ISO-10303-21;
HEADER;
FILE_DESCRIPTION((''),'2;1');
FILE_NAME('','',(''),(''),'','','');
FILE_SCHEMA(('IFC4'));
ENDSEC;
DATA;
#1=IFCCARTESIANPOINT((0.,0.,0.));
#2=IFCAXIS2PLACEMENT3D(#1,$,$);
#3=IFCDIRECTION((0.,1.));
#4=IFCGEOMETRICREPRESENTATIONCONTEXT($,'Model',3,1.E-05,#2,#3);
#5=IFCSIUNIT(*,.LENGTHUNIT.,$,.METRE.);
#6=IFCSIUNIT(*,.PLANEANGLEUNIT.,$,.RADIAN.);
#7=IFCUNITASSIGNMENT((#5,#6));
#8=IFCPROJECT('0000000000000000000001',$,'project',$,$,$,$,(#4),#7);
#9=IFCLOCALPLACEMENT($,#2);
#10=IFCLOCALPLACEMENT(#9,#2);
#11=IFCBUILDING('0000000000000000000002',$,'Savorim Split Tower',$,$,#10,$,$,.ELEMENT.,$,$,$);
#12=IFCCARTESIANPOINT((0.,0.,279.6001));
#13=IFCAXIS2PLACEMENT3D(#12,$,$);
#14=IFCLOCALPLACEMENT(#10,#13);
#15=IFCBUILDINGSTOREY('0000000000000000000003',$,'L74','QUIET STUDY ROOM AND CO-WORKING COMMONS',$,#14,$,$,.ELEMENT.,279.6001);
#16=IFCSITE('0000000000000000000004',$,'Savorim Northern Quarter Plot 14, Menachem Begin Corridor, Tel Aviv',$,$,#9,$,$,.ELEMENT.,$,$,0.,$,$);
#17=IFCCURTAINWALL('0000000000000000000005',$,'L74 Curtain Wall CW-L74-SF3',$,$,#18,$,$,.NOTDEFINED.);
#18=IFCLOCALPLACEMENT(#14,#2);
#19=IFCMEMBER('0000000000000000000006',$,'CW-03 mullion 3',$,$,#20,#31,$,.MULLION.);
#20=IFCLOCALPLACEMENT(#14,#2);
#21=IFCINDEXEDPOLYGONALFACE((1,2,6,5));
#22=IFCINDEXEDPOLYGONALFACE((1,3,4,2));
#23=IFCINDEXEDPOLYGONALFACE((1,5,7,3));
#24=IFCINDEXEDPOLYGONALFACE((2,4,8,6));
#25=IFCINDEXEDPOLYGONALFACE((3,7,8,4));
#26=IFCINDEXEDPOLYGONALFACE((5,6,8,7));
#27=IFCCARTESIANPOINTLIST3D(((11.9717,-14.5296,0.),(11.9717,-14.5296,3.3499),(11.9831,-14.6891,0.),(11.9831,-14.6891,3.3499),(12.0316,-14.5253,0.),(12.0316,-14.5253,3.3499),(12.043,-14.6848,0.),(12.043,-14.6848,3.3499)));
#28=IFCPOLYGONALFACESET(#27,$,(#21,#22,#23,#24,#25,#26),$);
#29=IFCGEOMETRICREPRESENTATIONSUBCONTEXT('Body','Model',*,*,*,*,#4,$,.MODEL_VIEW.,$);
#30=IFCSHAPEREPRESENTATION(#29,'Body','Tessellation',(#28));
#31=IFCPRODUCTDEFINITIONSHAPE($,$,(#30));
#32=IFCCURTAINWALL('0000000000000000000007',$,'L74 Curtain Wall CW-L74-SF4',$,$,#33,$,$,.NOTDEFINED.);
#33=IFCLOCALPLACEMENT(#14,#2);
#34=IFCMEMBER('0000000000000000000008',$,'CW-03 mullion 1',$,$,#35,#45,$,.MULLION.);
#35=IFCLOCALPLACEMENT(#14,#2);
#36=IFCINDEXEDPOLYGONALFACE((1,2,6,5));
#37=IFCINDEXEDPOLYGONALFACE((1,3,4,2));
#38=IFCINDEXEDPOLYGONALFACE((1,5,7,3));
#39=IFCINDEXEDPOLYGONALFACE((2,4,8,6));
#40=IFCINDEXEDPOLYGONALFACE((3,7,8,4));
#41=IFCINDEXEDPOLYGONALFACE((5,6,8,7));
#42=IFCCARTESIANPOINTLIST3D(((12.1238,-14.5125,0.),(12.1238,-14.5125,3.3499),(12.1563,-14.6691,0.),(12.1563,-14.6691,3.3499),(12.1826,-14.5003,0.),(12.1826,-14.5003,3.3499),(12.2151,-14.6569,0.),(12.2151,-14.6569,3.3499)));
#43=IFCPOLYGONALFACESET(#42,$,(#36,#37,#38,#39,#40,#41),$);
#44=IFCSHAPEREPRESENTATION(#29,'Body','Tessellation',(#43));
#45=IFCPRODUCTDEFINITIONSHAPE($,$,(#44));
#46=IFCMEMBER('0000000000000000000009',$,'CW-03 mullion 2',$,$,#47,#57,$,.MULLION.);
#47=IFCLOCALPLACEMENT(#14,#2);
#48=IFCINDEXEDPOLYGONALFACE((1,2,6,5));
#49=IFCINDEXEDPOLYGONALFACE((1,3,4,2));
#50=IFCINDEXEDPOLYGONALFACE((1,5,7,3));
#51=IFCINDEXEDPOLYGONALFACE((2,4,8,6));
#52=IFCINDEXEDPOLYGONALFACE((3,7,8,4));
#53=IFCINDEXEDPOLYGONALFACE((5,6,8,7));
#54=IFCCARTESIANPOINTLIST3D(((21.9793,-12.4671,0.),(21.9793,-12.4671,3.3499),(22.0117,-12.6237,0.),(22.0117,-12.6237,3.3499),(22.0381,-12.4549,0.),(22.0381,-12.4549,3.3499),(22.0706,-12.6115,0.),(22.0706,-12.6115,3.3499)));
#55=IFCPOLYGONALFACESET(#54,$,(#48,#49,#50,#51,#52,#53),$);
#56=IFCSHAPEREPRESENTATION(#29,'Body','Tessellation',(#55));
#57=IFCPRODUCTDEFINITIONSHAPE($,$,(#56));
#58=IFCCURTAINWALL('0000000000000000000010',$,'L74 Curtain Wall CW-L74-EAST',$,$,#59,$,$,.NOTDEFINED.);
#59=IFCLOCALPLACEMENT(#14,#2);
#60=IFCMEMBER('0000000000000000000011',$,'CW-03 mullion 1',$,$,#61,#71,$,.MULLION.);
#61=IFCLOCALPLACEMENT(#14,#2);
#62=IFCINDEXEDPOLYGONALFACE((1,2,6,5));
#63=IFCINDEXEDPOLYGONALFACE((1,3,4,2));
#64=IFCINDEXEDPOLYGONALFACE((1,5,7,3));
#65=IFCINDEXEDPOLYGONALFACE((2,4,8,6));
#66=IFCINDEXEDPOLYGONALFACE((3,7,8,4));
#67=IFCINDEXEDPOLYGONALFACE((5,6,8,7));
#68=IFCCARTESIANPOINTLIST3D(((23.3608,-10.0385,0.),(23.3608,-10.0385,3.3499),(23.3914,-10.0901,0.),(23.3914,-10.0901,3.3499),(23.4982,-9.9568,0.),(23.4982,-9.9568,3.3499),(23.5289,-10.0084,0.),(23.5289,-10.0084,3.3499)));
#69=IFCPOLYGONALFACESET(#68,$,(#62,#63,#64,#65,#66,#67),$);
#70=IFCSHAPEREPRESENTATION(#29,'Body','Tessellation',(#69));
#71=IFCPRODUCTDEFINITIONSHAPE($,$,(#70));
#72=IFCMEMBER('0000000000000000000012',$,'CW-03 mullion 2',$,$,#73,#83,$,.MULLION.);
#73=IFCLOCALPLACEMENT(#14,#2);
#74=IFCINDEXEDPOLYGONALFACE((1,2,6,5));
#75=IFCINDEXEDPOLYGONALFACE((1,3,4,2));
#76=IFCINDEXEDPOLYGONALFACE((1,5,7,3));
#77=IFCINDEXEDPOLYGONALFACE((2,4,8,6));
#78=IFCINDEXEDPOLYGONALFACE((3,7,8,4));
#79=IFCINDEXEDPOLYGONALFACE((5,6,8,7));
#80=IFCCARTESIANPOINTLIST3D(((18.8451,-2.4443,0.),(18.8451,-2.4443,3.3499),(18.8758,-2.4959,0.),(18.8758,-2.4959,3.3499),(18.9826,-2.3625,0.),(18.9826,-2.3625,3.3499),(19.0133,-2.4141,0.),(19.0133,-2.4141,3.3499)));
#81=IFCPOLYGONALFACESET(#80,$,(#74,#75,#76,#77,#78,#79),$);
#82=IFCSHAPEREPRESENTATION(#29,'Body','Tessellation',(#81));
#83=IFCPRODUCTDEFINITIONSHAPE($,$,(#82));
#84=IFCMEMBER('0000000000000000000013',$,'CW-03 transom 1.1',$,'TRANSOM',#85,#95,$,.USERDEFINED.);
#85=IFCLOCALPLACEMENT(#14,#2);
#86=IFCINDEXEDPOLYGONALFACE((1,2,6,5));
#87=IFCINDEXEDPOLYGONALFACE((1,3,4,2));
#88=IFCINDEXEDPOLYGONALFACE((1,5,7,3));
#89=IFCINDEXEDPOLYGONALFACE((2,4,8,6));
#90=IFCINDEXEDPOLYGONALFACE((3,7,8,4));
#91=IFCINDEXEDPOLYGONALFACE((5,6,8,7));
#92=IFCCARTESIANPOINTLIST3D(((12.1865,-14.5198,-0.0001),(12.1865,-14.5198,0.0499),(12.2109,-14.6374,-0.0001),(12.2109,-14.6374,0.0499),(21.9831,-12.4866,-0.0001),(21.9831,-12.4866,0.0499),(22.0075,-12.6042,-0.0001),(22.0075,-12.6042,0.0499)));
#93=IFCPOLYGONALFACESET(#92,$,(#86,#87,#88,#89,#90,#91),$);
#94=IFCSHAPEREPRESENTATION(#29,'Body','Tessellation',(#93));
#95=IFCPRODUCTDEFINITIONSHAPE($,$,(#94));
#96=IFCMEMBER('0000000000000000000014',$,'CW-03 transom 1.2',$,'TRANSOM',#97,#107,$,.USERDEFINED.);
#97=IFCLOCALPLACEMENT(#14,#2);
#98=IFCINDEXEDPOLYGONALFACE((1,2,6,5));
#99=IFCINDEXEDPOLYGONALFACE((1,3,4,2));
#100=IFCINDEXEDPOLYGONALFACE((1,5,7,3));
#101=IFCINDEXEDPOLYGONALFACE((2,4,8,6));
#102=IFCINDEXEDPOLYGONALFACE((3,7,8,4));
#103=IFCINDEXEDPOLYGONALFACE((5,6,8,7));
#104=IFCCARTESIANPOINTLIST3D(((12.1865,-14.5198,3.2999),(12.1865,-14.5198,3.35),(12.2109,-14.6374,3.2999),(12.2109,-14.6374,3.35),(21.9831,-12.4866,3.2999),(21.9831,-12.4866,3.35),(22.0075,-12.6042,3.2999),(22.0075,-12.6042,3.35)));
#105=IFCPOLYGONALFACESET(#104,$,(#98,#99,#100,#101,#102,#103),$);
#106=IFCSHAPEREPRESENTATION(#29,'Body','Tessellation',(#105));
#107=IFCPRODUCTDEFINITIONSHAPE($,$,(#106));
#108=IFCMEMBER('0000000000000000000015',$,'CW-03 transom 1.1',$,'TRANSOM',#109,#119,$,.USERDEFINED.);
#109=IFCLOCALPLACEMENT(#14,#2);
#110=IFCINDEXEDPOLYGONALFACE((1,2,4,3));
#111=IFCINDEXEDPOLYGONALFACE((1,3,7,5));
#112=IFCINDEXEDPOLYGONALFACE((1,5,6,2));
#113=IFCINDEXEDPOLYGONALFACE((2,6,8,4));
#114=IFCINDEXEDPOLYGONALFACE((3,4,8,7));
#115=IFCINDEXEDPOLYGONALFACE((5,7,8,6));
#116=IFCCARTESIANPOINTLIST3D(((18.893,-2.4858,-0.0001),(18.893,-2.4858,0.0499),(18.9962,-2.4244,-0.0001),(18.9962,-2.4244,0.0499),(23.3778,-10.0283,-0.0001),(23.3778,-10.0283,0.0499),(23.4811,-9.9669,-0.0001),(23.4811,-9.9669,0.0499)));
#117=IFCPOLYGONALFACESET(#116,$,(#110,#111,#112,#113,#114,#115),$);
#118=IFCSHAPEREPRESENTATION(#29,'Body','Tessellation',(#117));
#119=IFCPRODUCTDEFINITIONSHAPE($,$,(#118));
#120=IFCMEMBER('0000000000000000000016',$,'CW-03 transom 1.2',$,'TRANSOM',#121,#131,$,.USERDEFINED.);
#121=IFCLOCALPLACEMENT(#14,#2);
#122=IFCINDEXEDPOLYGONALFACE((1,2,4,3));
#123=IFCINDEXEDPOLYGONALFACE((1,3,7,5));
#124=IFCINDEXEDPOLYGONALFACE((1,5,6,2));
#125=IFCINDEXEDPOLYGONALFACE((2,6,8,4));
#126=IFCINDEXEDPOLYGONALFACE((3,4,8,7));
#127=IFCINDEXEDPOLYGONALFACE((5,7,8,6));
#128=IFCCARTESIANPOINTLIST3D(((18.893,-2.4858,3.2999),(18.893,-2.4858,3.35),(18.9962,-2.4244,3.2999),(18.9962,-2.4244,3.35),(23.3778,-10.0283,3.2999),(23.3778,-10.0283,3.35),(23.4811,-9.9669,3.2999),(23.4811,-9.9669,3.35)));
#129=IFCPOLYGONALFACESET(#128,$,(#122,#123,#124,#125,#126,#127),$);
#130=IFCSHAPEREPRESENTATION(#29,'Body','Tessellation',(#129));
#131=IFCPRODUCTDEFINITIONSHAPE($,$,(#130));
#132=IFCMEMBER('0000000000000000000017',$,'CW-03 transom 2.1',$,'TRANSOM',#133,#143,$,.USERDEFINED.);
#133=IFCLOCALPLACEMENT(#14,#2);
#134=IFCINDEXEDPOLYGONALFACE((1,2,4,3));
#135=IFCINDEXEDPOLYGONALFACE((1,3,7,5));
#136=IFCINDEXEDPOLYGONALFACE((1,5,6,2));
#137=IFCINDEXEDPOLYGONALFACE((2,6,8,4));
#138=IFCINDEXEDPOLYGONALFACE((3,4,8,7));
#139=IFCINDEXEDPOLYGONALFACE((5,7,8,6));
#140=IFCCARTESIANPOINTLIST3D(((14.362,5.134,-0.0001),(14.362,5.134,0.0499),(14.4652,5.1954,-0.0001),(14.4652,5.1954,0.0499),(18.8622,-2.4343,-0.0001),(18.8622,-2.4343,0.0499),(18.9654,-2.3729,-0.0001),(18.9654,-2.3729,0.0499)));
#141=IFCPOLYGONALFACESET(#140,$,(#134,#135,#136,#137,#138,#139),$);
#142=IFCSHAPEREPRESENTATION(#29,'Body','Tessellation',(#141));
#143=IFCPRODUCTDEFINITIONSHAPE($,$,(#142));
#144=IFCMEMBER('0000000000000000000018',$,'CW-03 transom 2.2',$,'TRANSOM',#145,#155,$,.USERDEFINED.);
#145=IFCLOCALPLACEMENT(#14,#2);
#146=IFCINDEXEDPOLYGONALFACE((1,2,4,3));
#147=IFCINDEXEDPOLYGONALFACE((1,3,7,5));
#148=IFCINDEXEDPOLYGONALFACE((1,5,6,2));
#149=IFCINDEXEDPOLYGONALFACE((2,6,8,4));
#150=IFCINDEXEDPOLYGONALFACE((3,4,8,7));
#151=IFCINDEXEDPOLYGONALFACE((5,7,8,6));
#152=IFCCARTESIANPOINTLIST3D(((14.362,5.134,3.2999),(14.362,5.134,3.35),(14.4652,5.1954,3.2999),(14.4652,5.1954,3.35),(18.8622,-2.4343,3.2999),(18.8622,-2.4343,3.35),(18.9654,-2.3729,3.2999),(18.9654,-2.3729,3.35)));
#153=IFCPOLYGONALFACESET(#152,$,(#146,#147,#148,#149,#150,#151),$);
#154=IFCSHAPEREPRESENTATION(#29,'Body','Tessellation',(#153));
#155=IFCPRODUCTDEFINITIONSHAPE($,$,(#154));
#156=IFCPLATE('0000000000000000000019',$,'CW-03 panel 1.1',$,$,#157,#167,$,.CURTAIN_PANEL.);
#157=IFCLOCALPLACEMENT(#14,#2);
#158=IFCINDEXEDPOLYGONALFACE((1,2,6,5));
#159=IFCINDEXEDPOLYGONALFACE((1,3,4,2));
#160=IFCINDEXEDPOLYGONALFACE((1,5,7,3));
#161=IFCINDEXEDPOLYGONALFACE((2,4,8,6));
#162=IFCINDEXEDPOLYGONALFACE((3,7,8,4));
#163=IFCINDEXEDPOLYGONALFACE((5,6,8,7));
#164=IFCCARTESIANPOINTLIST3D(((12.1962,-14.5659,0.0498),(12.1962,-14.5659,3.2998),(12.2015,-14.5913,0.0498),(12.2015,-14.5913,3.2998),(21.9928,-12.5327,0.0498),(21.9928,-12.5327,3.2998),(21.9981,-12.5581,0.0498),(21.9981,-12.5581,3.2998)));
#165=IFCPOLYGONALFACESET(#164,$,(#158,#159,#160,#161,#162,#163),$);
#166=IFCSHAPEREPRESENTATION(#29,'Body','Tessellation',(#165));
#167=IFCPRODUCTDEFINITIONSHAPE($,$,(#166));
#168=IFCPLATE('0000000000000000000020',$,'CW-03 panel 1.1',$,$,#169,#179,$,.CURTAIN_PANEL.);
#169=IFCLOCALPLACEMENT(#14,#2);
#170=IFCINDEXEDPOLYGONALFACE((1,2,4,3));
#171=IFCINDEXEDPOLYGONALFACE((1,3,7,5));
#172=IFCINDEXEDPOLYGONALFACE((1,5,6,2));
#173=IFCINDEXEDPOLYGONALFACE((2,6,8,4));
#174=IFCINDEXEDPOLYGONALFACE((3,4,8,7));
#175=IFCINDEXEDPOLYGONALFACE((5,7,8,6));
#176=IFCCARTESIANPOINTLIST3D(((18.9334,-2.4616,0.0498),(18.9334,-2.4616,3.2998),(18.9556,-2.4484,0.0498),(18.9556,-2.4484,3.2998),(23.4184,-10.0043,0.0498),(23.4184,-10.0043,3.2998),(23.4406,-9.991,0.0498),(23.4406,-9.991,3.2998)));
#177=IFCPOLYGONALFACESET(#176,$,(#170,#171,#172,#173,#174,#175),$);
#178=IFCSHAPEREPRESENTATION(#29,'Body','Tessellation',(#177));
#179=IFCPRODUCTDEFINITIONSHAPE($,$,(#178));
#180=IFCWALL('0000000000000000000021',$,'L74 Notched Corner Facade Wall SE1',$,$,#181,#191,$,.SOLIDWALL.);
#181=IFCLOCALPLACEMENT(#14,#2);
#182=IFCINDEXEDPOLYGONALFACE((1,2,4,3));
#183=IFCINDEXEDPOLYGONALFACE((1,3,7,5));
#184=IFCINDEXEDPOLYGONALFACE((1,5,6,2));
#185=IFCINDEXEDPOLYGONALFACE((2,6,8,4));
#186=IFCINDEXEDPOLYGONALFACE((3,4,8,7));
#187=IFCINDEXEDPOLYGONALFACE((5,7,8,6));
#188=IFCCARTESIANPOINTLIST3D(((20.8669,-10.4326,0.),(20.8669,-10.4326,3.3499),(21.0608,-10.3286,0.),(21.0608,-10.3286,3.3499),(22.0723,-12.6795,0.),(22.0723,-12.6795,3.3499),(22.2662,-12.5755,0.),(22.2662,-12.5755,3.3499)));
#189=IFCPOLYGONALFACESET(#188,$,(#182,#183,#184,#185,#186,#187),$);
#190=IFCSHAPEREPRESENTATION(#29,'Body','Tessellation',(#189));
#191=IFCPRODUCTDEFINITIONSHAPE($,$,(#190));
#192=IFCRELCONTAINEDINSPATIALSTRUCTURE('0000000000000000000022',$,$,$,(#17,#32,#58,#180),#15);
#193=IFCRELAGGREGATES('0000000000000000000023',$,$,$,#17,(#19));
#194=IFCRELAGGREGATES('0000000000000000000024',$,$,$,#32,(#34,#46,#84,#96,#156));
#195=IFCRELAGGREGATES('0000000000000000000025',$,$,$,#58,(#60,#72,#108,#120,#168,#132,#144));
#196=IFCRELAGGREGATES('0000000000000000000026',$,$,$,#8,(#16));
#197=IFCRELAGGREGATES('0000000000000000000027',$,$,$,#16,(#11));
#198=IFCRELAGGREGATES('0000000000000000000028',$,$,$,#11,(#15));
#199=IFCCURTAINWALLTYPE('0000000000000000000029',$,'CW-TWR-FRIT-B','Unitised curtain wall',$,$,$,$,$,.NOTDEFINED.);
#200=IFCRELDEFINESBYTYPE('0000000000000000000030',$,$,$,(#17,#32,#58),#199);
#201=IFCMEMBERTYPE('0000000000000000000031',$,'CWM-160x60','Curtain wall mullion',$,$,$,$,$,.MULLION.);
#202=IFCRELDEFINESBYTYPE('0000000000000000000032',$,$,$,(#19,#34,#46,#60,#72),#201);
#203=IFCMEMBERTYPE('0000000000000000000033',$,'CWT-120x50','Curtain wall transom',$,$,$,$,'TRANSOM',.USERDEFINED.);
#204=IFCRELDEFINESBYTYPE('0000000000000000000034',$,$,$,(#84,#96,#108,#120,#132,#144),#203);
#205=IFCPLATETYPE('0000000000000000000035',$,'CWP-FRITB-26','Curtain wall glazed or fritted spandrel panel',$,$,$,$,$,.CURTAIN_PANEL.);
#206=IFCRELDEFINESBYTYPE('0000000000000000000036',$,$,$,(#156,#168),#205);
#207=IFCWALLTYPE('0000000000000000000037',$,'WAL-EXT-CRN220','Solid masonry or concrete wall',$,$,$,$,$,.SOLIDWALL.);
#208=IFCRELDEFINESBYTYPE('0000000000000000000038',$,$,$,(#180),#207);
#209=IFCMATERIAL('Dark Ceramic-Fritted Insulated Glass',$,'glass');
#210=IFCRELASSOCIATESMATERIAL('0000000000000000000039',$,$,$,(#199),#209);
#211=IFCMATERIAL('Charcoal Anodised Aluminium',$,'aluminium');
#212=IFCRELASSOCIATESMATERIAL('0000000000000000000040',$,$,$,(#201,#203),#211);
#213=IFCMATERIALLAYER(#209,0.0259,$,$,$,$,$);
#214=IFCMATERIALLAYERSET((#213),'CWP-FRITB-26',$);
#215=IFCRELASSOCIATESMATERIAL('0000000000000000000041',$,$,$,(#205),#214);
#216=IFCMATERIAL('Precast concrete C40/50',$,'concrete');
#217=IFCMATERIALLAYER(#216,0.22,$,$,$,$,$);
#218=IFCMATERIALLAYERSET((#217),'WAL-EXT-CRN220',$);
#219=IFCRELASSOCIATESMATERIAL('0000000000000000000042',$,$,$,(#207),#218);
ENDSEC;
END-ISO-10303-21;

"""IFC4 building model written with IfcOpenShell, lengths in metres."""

from ifc_helpers import new_model, si_unit, direction, frame, frame_2d, origin, origin_2d, place, context, subcontext, project, spatial, rectangle, extrude, material, layer, layer_set, material_profile, profile_set, type_object, element, aggregate, save


model = new_model("IFC4")

# Units and contexts
model_context = context("Model", 3, precision=1e-05, world=origin(), true_north=direction((0.0, 1.0)))
body_context = subcontext(model_context, "Body", "Model", "MODEL_VIEW")
ifc_project = project(units=[si_unit("LENGTHUNIT", "METRE"), si_unit("PLANEANGLEUNIT", "RADIAN")], contexts=[model_context])

# Site, building, storey
site_placement = place(None, origin())
site = spatial("IfcSite", under=ifc_project, at=site_placement, Name="Savorim Northern Quarter Plot 14, Menachem Begin Corridor, Tel Aviv", CompositionType="ELEMENT", RefElevation=0.0)
building_placement = place(site_placement, origin())
building = spatial("IfcBuilding", under=site, at=building_placement, Name="Savorim Split Tower", CompositionType="ELEMENT")
storey_placement = place(building_placement, frame((0.0, 0.0, 279.6001)))
storey = spatial("IfcBuildingStorey", under=building, at=storey_placement, Name="L74", Description="QUIET STUDY ROOM AND CO-WORKING COMMONS", CompositionType="ELEMENT", Elevation=279.6001)

# Curtain wall, member
ifc_material_1 = material(Name="Dark Ceramic-Fritted Insulated Glass", Category="glass")
curtain_wall_type = type_object("IfcCurtainWallType", Name="CW-TWR-FRIT-B", Description="Unitised curtain wall", PredefinedType="NOTDEFINED", material=ifc_material_1)
curtain_wall_1_placement = place(storey_placement, origin())
curtain_wall_1 = element("IfcCurtainWall", 1, at=curtain_wall_1_placement, inside=storey, type_object=curtain_wall_type, Name="L74 Curtain Wall CW-L74-SF3", PredefinedType="NOTDEFINED")
ifc_material_2 = material(Name="Charcoal Anodised Aluminium", Category="aluminium")
ifc_material_profile_1 = material_profile(ifc_material_2, rectangle(XDim=0.1599, YDim=0.0601, at=origin_2d()), Name="ALU-M 160x60")
ifc_profile_set_1 = profile_set([ifc_material_profile_1], Name="Charcoal Anodised Aluminium")
member_type_1 = type_object("IfcMemberType", Name="CWM-160x60", Description="Curtain wall mullion", PredefinedType="MULLION", material=ifc_profile_set_1)
member_1_placement = place(storey_placement, frame((12.0073, -14.6072, 0.0), z_axis=(0.0, 0.0, 1.0), x_axis=(-0.071558, 0.997436, 0.0)))
member_1 = element("IfcMember", 2, at=member_1_placement, type_object=member_type_1, Name="CW-03 mullion 3", PredefinedType="MULLION", context=body_context, shape_type="SweptSolid", body=[
    extrude(rectangle(XDim=0.1599, YDim=0.0601, at=origin_2d()), origin(), (0.0, 0.0, 1.0), 3.3499),
])
aggregate(curtain_wall_1, [member_1])

# Curtain walls, members
curtain_wall_2_placement = place(storey_placement, origin())
curtain_wall_2 = element("IfcCurtainWall", 3, at=curtain_wall_2_placement, inside=storey, type_object=curtain_wall_type, Name="L74 Curtain Wall CW-L74-SF4", PredefinedType="NOTDEFINED")
member_2_placement = place(storey_placement, frame((12.1694, -14.5847, 0.0), z_axis=(0.0, 0.0, 1.0), x_axis=(-0.203212, 0.979135, 0.0)))
member_2 = element("IfcMember", 4, at=member_2_placement, type_object=member_type_1, Name="CW-03 mullion 1", PredefinedType="MULLION", context=body_context, shape_type="SweptSolid", body=[
    extrude(rectangle(XDim=0.1599, YDim=0.0601, at=origin_2d()), origin(), (0.0, 0.0, 1.0), 3.3499),
])
member_3_placement = place(storey_placement, frame((22.0249, -12.5393, 0.0), z_axis=(0.0, 0.0, 1.0), x_axis=(-0.203212, 0.979135, 0.0)))
member_3 = element("IfcMember", 5, at=member_3_placement, type_object=member_type_1, Name="CW-03 mullion 2", PredefinedType="MULLION", context=body_context, shape_type="SweptSolid", body=[
    extrude(rectangle(XDim=0.1599, YDim=0.0601, at=origin_2d()), origin(), (0.0, 0.0, 1.0), 3.3499),
])
curtain_wall_3_placement = place(storey_placement, origin())
curtain_wall_3 = element("IfcCurtainWall", 6, at=curtain_wall_3_placement, inside=storey, type_object=curtain_wall_type, Name="L74 Curtain Wall CW-L74-EAST", PredefinedType="NOTDEFINED")
member_4_placement = place(storey_placement, frame((23.4448, -10.0234, 0.0), z_axis=(0.0, 0.0, 1.0), x_axis=(-0.859526, -0.511092, 0.0)))
member_4 = element("IfcMember", 7, at=member_4_placement, type_object=member_type_1, Name="CW-03 mullion 1", PredefinedType="MULLION", context=body_context, shape_type="SweptSolid", body=[
    extrude(rectangle(XDim=0.1599, YDim=0.0601, at=origin_2d()), origin(), (0.0, 0.0, 1.0), 3.3499),
])
member_5_placement = place(storey_placement, frame((18.9292, -2.4292, 0.0), z_axis=(0.0, 0.0, 1.0), x_axis=(-0.859526, -0.511092, 0.0)))
member_5 = element("IfcMember", 8, at=member_5_placement, type_object=member_type_1, Name="CW-03 mullion 2", PredefinedType="MULLION", context=body_context, shape_type="SweptSolid", body=[
    extrude(rectangle(XDim=0.1599, YDim=0.0601, at=origin_2d()), origin(), (0.0, 0.0, 1.0), 3.3499),
])

# Members
ifc_material_profile_2 = material_profile(ifc_material_2, rectangle(XDim=0.1201, YDim=0.05, at=origin_2d()), Name="ALU-T 120x50")
ifc_profile_set_2 = profile_set([ifc_material_profile_2], Name="Charcoal Anodised Aluminium")
member_type_2 = type_object("IfcMemberType", Name="CWT-120x50", Description="Curtain wall transom", ElementType="TRANSOM", PredefinedType="USERDEFINED", material=ifc_profile_set_2)
member_6_placement = place(storey_placement, frame((12.1987, -14.5786, 0.0249), z_axis=(0.979135, 0.203211, 0.0), x_axis=(-0.203211, 0.979135, 0.0)))
member_6 = element("IfcMember", 9, at=member_6_placement, type_object=member_type_2, Name="CW-03 transom 1.1", ObjectType="TRANSOM", PredefinedType="USERDEFINED", context=body_context, shape_type="SweptSolid", body=[
    extrude(rectangle(XDim=0.1201, YDim=0.05, at=origin_2d()), origin(), (0.0, 0.0, 1.0), 10.0054),
])
member_7_placement = place(storey_placement, frame((12.1987, -14.5786, 3.325), z_axis=(0.979135, 0.203211, 0.0), x_axis=(-0.203211, 0.979135, 0.0)))
member_7 = element("IfcMember", 10, at=member_7_placement, type_object=member_type_2, Name="CW-03 transom 1.2", ObjectType="TRANSOM", PredefinedType="USERDEFINED", context=body_context, shape_type="SweptSolid", body=[
    extrude(rectangle(XDim=0.1201, YDim=0.05, at=origin_2d()), origin(), (0.0, 0.0, 1.0), 10.0054),
])
member_8_placement = place(storey_placement, frame((23.4294, -9.9976, 0.0249), z_axis=(-0.511088, 0.859529, 0.0), x_axis=(-0.859529, -0.511088, 0.0)))
member_8 = element("IfcMember", 11, at=member_8_placement, type_object=member_type_2, Name="CW-03 transom 1.1", ObjectType="TRANSOM", PredefinedType="USERDEFINED", context=body_context, shape_type="SweptSolid", body=[
    extrude(rectangle(XDim=0.1201, YDim=0.05, at=origin_2d()), origin(), (0.0, 0.0, 1.0), 8.7751),
])
member_9_placement = place(storey_placement, frame((23.4294, -9.9976, 3.325), z_axis=(-0.511088, 0.859529, 0.0), x_axis=(-0.859529, -0.511088, 0.0)))
member_9 = element("IfcMember", 12, at=member_9_placement, type_object=member_type_2, Name="CW-03 transom 1.2", ObjectType="TRANSOM", PredefinedType="USERDEFINED", context=body_context, shape_type="SweptSolid", body=[
    extrude(rectangle(XDim=0.1201, YDim=0.05, at=origin_2d()), origin(), (0.0, 0.0, 1.0), 8.7751),
])
member_10_placement = place(storey_placement, frame((18.9138, -2.4036, 0.0249), z_axis=(-0.511087, 0.859529, 0.0), x_axis=(-0.859529, -0.511087, 0.0)))
member_10 = element("IfcMember", 13, at=member_10_placement, type_object=member_type_2, Name="CW-03 transom 2.1", ObjectType="TRANSOM", PredefinedType="USERDEFINED", context=body_context, shape_type="SweptSolid", body=[
    extrude(rectangle(XDim=0.1201, YDim=0.05, at=origin_2d()), origin(), (0.0, 0.0, 1.0), 8.8052),
])
member_11_placement = place(storey_placement, frame((18.9138, -2.4036, 3.325), z_axis=(-0.511087, 0.859529, 0.0), x_axis=(-0.859529, -0.511087, 0.0)))
member_11 = element("IfcMember", 14, at=member_11_placement, type_object=member_type_2, Name="CW-03 transom 2.2", ObjectType="TRANSOM", PredefinedType="USERDEFINED", context=body_context, shape_type="SweptSolid", body=[
    extrude(rectangle(XDim=0.1201, YDim=0.05, at=origin_2d()), origin(), (0.0, 0.0, 1.0), 8.8052),
])

# Plates
ifc_layer_1 = layer(ifc_material_1, 0.0259)
ifc_layer_set_1 = layer_set([ifc_layer_1], Name="CWP-FRITB-26")
plate_type = type_object("IfcPlateType", Name="CWP-FRITB-26", Description="Curtain wall glazed or fritted spandrel panel", PredefinedType="CURTAIN_PANEL", material=ifc_layer_set_1)
plate_1_placement = place(storey_placement, frame((17.0972, -13.562, 0.0498), z_axis=(0.0, 0.0, 1.0), x_axis=(0.979135, 0.203212, 0.0)))
plate_1 = element("IfcPlate", 15, at=plate_1_placement, type_object=plate_type, Name="CW-03 panel 1.1", PredefinedType="CURTAIN_PANEL", context=body_context, shape_type="SweptSolid", body=[
    extrude(rectangle(XDim=10.0054, YDim=0.0259, at=origin_2d()), origin(), (0.0, 0.0, 1.0), 3.25),
])
aggregate(curtain_wall_2, [member_2, member_3, member_6, member_7, plate_1])
plate_2_placement = place(storey_placement, frame((21.187, -6.2263, 0.0498), z_axis=(0.0, 0.0, 1.0), x_axis=(-0.511092, 0.859526, 0.0)))
plate_2 = element("IfcPlate", 16, at=plate_2_placement, type_object=plate_type, Name="CW-03 panel 1.1", PredefinedType="CURTAIN_PANEL", context=body_context, shape_type="SweptSolid", body=[
    extrude(rectangle(XDim=8.7754, YDim=0.0259, at=origin_2d()), origin(), (0.0, 0.0, 1.0), 3.25),
])
aggregate(curtain_wall_3, [member_4, member_5, member_8, member_9, plate_2, member_10, member_11])

# Wall
ifc_material_3 = material(Name="Precast concrete C40/50", Category="concrete")
ifc_layer_2 = layer(ifc_material_3, 0.22)
ifc_layer_set_2 = layer_set([ifc_layer_2], Name="WAL-EXT-CRN220")
wall_type_1 = type_object("IfcWallType", Name="WAL-EXT-CRN220", Description="Solid masonry or concrete wall", PredefinedType="SOLIDWALL", material=ifc_layer_set_2)
wall_1_placement = place(storey_placement, frame((20.9639, -10.3806, 0.0), z_axis=(0.0, 0.0, 1.0), x_axis=(0.472729, -0.881208, 0.0)))
element("IfcWall", 17, at=wall_1_placement, inside=storey, type_object=wall_type_1, Name="L74 Notched Corner Facade Wall SE1", PredefinedType="SOLIDWALL", context=body_context, shape_type="SweptSolid", body=[
    extrude(rectangle(XDim=2.5498, YDim=0.22, at=frame_2d((1.2749, 0.0))), origin(), (0.0, 0.0, 1.0), 3.3499),
])

save(model, "model.ifc")
